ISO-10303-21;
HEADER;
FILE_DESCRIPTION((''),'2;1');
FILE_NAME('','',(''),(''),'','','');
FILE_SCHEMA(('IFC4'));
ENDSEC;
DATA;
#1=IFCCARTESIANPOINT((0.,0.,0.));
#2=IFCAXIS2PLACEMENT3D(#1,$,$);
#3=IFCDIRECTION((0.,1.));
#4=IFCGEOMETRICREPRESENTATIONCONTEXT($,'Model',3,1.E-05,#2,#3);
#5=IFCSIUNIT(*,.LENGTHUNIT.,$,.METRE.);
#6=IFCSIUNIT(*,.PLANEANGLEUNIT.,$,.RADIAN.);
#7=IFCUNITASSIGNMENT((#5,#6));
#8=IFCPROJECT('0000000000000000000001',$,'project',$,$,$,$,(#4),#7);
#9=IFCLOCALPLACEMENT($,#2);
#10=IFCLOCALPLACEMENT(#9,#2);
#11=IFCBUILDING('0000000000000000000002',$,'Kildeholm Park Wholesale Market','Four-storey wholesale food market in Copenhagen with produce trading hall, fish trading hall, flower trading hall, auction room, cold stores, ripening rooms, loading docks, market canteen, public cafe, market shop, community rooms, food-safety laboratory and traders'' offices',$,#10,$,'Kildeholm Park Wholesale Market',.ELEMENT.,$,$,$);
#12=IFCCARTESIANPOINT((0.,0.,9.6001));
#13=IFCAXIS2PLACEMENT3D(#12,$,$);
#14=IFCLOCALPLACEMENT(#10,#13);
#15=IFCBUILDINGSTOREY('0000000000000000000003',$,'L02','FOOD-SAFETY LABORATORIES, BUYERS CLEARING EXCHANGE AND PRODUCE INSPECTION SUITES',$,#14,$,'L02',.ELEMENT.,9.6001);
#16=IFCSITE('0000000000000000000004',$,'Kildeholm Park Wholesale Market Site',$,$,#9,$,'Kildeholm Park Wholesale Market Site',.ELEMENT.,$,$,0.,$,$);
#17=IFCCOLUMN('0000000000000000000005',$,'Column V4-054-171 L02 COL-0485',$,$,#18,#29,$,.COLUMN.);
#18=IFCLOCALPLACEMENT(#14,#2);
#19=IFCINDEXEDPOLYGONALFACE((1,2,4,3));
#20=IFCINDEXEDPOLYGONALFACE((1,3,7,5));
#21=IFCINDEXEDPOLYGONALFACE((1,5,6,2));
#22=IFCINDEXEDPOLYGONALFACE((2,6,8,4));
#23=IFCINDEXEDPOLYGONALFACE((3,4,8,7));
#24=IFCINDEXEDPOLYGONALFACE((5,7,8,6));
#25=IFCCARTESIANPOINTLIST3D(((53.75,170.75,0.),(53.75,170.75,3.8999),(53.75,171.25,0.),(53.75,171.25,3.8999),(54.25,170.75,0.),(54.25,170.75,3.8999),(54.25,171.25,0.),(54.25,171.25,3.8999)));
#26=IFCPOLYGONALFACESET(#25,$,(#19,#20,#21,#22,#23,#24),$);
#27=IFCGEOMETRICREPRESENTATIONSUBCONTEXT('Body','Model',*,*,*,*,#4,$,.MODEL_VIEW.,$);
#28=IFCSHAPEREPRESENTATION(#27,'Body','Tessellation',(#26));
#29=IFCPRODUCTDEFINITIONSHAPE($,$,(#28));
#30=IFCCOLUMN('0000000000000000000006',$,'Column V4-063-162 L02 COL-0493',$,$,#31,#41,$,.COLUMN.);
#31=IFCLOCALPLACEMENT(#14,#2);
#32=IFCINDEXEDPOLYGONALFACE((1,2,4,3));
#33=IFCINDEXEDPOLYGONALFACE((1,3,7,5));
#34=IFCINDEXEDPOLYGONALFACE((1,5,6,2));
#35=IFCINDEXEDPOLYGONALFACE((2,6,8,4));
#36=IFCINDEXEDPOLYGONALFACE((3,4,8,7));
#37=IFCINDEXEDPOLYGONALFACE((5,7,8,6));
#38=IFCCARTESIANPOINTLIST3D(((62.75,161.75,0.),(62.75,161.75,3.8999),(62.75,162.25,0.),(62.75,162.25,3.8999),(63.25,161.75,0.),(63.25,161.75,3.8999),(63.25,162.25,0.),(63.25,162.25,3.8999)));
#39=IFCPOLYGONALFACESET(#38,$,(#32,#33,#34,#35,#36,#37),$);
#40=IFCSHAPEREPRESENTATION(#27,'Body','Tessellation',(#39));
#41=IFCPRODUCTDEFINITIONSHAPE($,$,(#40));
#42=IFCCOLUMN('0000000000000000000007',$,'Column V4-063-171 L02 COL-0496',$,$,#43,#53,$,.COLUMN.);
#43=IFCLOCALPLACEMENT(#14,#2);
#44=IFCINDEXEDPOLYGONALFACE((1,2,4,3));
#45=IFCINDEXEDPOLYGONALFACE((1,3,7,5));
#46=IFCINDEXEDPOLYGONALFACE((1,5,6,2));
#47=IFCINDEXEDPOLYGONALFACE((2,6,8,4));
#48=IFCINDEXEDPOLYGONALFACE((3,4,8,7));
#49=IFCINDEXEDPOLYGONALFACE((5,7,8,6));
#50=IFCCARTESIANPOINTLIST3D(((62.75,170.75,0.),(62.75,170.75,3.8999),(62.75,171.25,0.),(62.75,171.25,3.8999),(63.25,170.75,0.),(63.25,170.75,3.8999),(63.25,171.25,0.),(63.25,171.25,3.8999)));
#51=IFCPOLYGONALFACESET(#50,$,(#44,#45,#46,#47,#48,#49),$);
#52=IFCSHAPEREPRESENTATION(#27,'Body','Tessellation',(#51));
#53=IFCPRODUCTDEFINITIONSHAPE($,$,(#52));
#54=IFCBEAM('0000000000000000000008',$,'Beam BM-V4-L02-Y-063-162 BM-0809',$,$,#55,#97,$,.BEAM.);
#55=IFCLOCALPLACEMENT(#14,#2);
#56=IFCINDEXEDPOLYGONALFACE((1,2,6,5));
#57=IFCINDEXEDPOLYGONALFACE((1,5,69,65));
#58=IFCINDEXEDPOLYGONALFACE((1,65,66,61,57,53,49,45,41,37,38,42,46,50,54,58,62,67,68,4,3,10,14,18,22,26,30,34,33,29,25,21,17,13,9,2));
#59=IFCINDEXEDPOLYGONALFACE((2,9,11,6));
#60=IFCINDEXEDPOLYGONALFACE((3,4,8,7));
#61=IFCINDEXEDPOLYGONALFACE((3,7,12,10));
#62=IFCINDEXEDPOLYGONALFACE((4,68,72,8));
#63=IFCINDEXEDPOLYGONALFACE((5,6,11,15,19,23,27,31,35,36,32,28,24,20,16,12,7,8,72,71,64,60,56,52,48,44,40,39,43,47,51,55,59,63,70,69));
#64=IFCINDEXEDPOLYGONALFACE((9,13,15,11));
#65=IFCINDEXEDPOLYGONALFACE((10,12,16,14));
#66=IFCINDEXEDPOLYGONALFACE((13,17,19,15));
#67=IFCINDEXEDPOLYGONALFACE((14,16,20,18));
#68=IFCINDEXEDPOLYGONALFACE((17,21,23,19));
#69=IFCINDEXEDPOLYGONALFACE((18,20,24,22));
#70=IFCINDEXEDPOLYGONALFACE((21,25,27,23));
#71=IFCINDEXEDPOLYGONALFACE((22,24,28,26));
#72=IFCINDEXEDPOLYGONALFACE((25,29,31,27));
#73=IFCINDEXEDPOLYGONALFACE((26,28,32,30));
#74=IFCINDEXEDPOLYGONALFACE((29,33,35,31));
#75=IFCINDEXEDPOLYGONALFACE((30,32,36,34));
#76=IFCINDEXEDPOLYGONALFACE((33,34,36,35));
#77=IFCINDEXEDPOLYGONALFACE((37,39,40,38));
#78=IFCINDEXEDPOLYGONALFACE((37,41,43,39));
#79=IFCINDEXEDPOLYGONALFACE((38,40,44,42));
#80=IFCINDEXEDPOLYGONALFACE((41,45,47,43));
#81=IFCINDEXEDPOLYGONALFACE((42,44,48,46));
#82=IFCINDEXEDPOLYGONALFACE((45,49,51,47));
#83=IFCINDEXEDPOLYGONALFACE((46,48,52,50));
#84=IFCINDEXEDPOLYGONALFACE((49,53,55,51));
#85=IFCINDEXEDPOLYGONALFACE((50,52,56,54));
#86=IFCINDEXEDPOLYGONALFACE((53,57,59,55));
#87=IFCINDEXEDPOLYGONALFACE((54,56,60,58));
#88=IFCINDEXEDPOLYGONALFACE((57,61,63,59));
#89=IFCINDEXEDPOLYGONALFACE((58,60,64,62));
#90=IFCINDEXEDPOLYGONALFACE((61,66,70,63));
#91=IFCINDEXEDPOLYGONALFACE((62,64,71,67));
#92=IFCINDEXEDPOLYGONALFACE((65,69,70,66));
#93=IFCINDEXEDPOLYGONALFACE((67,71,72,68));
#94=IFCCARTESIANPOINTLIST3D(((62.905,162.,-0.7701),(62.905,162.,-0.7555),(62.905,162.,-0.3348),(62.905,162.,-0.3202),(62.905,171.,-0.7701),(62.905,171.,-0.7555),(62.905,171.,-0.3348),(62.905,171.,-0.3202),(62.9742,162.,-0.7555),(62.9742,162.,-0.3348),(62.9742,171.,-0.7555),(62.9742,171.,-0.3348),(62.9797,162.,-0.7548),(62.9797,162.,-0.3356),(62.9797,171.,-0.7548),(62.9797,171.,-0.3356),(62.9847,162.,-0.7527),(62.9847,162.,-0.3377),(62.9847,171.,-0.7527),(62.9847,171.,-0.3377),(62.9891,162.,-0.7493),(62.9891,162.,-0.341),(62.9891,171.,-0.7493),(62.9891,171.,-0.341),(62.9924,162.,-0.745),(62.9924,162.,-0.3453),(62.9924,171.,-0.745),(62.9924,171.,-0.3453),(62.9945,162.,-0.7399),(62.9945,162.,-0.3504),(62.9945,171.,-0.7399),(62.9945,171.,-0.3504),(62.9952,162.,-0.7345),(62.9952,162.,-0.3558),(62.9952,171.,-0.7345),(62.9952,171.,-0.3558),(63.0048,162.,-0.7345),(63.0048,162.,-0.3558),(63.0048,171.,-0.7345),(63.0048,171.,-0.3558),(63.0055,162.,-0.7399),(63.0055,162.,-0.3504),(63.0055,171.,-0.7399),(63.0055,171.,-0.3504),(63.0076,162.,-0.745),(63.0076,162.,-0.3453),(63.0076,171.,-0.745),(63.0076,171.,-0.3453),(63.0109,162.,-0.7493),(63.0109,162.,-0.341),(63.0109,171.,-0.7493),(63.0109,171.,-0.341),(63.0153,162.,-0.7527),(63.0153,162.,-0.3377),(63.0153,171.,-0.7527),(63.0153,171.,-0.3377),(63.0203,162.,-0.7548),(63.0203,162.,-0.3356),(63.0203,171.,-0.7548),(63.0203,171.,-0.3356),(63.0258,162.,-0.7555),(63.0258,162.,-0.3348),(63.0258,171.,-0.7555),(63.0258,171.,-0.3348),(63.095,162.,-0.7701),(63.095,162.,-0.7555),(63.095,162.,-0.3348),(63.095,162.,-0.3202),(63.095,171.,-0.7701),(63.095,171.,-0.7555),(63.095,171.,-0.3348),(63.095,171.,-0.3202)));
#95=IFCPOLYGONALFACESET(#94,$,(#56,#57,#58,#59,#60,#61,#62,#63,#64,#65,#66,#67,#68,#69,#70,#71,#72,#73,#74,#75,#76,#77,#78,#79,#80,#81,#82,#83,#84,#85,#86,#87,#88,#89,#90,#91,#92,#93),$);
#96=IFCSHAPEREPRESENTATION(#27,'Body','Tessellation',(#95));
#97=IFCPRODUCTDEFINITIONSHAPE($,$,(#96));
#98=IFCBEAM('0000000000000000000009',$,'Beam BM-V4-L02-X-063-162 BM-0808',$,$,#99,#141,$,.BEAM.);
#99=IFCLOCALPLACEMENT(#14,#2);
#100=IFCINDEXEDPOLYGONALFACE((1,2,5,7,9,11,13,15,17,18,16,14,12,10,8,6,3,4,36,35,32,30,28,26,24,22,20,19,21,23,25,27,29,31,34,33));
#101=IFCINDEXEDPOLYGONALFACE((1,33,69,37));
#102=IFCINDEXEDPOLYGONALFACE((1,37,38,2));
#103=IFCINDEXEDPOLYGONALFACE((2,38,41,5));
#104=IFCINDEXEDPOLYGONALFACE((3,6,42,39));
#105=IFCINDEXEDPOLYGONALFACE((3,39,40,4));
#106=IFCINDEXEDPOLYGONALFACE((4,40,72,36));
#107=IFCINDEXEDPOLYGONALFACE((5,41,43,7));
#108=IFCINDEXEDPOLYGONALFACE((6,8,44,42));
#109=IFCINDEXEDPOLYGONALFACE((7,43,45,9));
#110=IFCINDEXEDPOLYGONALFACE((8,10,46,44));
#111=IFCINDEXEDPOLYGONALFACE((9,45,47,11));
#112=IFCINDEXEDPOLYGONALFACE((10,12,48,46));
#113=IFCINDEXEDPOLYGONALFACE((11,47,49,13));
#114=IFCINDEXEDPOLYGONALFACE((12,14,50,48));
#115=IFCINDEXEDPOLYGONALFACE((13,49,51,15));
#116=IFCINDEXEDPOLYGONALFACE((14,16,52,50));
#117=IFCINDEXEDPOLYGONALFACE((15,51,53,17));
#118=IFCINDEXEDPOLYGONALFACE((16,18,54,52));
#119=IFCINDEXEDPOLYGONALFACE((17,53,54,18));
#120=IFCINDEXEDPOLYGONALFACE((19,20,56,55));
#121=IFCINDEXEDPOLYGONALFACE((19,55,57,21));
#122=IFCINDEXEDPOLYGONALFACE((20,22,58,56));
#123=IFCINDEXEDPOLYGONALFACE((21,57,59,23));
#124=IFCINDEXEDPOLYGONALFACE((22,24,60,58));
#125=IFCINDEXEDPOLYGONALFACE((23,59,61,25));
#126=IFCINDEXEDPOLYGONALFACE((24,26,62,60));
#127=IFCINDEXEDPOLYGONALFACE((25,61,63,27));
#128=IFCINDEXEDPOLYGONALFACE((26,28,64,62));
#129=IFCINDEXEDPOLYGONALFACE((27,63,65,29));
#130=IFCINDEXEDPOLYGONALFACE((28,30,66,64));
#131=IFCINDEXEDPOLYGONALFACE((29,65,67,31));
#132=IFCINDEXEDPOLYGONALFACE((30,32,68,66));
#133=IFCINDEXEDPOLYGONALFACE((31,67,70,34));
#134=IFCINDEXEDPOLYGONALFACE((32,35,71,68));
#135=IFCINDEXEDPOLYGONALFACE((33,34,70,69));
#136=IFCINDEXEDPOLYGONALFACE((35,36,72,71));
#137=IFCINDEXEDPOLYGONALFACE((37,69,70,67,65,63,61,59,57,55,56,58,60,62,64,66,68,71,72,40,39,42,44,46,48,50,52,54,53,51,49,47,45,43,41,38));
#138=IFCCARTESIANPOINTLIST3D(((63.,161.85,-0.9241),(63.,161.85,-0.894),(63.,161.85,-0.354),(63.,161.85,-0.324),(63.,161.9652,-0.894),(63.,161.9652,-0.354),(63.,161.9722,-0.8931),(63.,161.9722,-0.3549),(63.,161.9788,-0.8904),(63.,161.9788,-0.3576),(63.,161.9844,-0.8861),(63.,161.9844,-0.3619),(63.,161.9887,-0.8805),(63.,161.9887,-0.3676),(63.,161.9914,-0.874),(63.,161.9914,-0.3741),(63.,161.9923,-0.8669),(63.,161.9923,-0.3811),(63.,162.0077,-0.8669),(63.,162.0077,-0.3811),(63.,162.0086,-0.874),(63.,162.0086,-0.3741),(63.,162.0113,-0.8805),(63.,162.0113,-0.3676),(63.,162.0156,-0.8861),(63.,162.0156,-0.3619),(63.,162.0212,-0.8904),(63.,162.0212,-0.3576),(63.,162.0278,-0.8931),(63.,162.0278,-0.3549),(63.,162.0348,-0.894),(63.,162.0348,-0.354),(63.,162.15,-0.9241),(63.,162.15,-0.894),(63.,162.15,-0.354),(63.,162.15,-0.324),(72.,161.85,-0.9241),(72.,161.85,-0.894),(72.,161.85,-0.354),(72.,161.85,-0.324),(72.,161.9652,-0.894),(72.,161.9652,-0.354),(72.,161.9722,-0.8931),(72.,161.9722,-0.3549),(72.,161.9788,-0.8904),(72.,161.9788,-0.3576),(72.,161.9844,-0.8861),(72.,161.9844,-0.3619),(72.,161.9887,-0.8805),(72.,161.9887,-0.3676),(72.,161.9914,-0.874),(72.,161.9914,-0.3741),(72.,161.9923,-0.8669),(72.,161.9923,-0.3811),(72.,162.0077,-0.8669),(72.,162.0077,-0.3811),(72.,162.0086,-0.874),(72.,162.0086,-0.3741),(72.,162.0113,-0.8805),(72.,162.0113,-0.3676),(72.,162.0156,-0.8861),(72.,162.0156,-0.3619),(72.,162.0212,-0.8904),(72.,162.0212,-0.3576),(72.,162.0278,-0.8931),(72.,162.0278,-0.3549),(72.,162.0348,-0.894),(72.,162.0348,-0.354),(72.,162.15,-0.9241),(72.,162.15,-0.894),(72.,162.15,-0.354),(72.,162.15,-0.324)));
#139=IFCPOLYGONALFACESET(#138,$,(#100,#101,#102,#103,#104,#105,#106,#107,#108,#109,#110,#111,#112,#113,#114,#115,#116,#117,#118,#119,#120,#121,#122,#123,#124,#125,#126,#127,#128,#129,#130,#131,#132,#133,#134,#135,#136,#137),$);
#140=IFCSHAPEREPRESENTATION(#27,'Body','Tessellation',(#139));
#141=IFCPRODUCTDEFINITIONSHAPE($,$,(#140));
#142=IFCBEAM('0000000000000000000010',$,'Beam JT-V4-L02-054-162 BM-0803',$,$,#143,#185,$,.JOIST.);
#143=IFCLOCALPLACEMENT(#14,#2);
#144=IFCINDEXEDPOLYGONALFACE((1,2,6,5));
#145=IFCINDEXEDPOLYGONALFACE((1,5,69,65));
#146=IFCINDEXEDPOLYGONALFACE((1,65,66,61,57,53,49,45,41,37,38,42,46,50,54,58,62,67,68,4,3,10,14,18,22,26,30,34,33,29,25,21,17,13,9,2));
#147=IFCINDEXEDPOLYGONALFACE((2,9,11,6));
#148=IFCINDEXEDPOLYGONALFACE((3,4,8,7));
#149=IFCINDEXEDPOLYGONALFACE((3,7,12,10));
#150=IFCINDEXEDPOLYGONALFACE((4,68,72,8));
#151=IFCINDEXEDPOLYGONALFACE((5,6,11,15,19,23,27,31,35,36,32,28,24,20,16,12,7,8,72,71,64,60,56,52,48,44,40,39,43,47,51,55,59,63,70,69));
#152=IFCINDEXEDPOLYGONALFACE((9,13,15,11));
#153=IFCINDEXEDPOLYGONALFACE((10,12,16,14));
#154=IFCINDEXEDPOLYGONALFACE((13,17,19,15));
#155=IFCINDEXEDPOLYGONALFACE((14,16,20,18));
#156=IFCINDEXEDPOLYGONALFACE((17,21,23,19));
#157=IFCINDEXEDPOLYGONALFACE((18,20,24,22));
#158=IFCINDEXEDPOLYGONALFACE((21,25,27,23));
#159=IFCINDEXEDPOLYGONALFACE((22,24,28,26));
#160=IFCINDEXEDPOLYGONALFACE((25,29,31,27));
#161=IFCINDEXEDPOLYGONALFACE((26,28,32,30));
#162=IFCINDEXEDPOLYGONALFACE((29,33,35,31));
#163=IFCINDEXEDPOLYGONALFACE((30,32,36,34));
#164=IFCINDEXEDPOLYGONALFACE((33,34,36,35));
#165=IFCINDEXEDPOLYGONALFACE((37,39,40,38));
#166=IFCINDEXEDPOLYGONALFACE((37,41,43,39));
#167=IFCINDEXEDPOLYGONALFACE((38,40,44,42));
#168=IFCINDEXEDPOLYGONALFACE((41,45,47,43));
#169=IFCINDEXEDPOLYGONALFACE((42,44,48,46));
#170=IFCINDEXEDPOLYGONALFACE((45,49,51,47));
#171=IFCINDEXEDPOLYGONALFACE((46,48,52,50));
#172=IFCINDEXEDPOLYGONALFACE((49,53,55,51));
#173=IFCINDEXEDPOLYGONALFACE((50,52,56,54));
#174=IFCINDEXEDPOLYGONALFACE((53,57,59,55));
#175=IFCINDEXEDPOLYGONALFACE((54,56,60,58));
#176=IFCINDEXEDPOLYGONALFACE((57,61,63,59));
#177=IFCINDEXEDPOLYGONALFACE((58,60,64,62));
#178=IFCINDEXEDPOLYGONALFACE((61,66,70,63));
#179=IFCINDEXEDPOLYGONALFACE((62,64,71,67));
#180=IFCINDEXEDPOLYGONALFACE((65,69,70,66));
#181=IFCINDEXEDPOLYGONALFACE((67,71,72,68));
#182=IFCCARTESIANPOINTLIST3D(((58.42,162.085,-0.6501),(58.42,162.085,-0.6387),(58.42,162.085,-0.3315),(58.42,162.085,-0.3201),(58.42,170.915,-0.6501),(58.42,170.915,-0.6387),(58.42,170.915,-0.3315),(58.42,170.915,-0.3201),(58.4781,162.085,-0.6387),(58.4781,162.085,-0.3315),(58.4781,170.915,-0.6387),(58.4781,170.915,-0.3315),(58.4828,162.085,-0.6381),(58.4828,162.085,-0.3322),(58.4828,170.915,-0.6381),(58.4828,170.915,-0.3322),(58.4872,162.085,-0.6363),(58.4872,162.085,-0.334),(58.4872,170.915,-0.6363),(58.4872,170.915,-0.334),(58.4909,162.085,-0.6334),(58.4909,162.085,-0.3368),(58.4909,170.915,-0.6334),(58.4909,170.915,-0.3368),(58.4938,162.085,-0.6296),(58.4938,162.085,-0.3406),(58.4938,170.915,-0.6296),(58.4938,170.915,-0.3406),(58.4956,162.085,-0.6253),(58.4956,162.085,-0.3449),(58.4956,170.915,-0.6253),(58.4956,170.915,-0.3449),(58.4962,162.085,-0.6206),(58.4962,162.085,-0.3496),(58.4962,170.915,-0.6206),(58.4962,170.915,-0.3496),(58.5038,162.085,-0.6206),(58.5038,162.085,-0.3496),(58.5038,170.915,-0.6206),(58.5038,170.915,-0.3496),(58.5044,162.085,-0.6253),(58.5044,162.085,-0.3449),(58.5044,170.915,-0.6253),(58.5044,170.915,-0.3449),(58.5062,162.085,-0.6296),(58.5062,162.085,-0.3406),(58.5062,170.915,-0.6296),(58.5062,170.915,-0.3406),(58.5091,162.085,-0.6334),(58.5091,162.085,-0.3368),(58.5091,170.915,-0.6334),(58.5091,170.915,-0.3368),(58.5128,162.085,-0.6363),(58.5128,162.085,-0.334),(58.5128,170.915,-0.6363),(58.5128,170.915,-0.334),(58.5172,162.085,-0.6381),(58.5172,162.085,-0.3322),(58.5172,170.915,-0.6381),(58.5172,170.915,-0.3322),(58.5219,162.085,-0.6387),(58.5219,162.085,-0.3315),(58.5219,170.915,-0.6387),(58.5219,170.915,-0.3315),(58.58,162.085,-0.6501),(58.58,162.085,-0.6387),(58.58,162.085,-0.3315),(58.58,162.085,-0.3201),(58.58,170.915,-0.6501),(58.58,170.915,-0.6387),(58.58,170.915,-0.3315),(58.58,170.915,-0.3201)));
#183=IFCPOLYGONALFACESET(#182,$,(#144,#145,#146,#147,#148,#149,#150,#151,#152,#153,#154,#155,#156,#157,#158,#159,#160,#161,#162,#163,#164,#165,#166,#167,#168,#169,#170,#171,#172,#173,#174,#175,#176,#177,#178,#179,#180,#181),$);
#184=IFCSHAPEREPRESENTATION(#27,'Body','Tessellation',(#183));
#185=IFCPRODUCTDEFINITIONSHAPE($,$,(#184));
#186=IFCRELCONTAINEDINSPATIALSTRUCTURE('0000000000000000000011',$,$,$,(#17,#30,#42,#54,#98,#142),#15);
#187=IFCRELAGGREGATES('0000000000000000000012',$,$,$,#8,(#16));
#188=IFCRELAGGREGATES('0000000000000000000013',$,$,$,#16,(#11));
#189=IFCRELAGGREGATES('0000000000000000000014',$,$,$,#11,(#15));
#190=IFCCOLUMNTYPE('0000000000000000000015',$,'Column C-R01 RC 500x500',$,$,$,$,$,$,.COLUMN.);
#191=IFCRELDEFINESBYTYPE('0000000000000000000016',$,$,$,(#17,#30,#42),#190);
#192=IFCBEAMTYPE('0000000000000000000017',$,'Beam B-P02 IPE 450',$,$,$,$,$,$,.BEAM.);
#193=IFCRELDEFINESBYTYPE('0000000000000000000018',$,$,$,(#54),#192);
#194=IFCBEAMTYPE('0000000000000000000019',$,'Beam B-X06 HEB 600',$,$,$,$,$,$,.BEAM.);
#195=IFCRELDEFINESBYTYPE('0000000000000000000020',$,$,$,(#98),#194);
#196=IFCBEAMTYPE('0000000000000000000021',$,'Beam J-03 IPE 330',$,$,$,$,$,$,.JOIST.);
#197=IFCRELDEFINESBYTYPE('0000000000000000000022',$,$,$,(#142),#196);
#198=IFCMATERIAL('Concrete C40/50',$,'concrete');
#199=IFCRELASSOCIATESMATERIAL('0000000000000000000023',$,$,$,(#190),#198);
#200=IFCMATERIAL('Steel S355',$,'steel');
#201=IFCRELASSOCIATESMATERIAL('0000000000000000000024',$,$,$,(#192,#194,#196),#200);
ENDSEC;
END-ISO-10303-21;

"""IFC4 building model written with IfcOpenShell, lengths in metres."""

from ifc_helpers import new_model, si_unit, direction, frame, origin, origin_2d, place, context, subcontext, project, spatial, rectangle, i_section, extrude, material, material_profile, profile_set, type_object, element, save


model = new_model("IFC4")

# Units and contexts
model_context = context("Model", 3, precision=1e-05, world=origin(), true_north=direction((0.0, 1.0)))
body_context = subcontext(model_context, "Body", "Model", "MODEL_VIEW")
ifc_project = project(units=[si_unit("LENGTHUNIT", "METRE"), si_unit("PLANEANGLEUNIT", "RADIAN")], contexts=[model_context])

# Site, building, storey
site_placement = place(None, origin())
site = spatial("IfcSite", under=ifc_project, at=site_placement, Name="Kildeholm Park Wholesale Market Site", LongName="Kildeholm Park Wholesale Market Site", CompositionType="ELEMENT", RefElevation=0.0)
building_placement = place(site_placement, origin())
building = spatial("IfcBuilding", under=site, at=building_placement, Name="Kildeholm Park Wholesale Market", Description="Four-storey wholesale food market in Copenhagen with produce trading hall, fish trading hall, flower trading hall, auction room, cold stores, ripening rooms, loading docks, market canteen, public cafe, market shop, community rooms, food-safety laboratory and traders' offices", LongName="Kildeholm Park Wholesale Market", CompositionType="ELEMENT")
storey_placement = place(building_placement, frame((0.0, 0.0, 9.6001)))
storey = spatial("IfcBuildingStorey", under=building, at=storey_placement, Name="L02", Description="FOOD-SAFETY LABORATORIES, BUYERS CLEARING EXCHANGE AND PRODUCE INSPECTION SUITES", LongName="L02", CompositionType="ELEMENT", Elevation=9.6001)

# Columns
ifc_material_1 = material(Name="Concrete C40/50", Category="concrete")
ifc_material_profile_1 = material_profile(ifc_material_1, rectangle(XDim=0.5, YDim=0.5, at=origin_2d()), Name="RC 500x500")
ifc_profile_set_1 = profile_set([ifc_material_profile_1], Name="Concrete C40/50")
column_type = type_object("IfcColumnType", Name="Column C-R01 RC 500x500", PredefinedType="COLUMN", material=ifc_profile_set_1)
for number, where, z_axis, x_axis, name in (
    (1, (54.0, 171.0, 0.0), (0.0, 0.0, 1.0), (1.0, 0.0, 0.0), "Column V4-054-171 L02 COL-0485"),
    (2, (63.0, 162.0, 0.0), (0.0, 0.0, 1.0), (1.0, 0.0, 0.0), "Column V4-063-162 L02 COL-0493"),
    (3, (63.0, 171.0, 0.0), (0.0, 0.0, 1.0), (1.0, 0.0, 0.0), "Column V4-063-171 L02 COL-0496"),
):
    element("IfcColumn", number, at=place(storey_placement, frame(where, z_axis=z_axis, x_axis=x_axis)), inside=storey, type_object=column_type, Name=name, PredefinedType="COLUMN", context=body_context, shape_type="SweptSolid", body=[
        extrude(rectangle(XDim=0.5, YDim=0.5, at=origin_2d()), origin(), (0.0, 0.0, 1.0), 3.8999),
    ])

# Beams
ifc_material_2 = material(Name="Steel S355", Category="steel")
ifc_material_profile_2 = material_profile(ifc_material_2, i_section(OverallWidth=0.1899, OverallDepth=0.45, WebThickness=0.0095, FlangeThickness=0.0146, FilletRadius=0.021, at=origin_2d()), Name="IPE 450")
ifc_profile_set_2 = profile_set([ifc_material_profile_2], Name="Steel S355")
beam_type_1 = type_object("IfcBeamType", Name="Beam B-P02 IPE 450", PredefinedType="BEAM", material=ifc_profile_set_2)
beam_1_placement = place(storey_placement, frame((63.0, 162.0, -0.5452), z_axis=(0.0, 1.0, 0.0), x_axis=(-1.0, 0.0, 0.0)))
element("IfcBeam", 4, at=beam_1_placement, inside=storey, type_object=beam_type_1, Name="Beam BM-V4-L02-Y-063-162 BM-0809", PredefinedType="BEAM", context=body_context, shape_type="SweptSolid", body=[
    extrude(i_section(OverallWidth=0.1899, OverallDepth=0.45, WebThickness=0.0095, FlangeThickness=0.0146, FilletRadius=0.021, at=origin_2d()), origin(), (0.0, 0.0, 1.0), 9.0),
])
ifc_material_profile_3 = material_profile(ifc_material_2, i_section(OverallWidth=0.3, OverallDepth=0.6001, WebThickness=0.0154, FlangeThickness=0.03, FilletRadius=0.0271, at=origin_2d()), Name="HEB 600")
ifc_profile_set_3 = profile_set([ifc_material_profile_3], Name="Steel S355")
beam_type_2 = type_object("IfcBeamType", Name="Beam B-X06 HEB 600", PredefinedType="BEAM", material=ifc_profile_set_3)
beam_2_placement = place(storey_placement, frame((63.0, 162.0, -0.624), z_axis=(1.0, 0.0, 0.0), x_axis=(0.0, 1.0, 0.0)))
element("IfcBeam", 5, at=beam_2_placement, inside=storey, type_object=beam_type_2, Name="Beam BM-V4-L02-X-063-162 BM-0808", PredefinedType="BEAM", context=body_context, shape_type="SweptSolid", body=[
    extrude(i_section(OverallWidth=0.3, OverallDepth=0.6001, WebThickness=0.0154, FlangeThickness=0.03, FilletRadius=0.0271, at=origin_2d()), origin(), (0.0, 0.0, 1.0), 9.0),
])
ifc_material_profile_4 = material_profile(ifc_material_2, i_section(OverallWidth=0.1599, OverallDepth=0.3301, WebThickness=0.0076, FlangeThickness=0.0115, FilletRadius=0.0181, at=origin_2d()), Name="IPE 330")
ifc_profile_set_4 = profile_set([ifc_material_profile_4], Name="Steel S355")
beam_type_3 = type_object("IfcBeamType", Name="Beam J-03 IPE 330", PredefinedType="JOIST", material=ifc_profile_set_4)
beam_3_placement = place(storey_placement, frame((58.5, 162.085, -0.4851), z_axis=(0.0, 1.0, 0.0), x_axis=(-1.0, 0.0, 0.0)))
element("IfcBeam", 6, at=beam_3_placement, inside=storey, type_object=beam_type_3, Name="Beam JT-V4-L02-054-162 BM-0803", PredefinedType="JOIST", context=body_context, shape_type="SweptSolid", body=[
    extrude(i_section(OverallWidth=0.1599, OverallDepth=0.3301, WebThickness=0.0076, FlangeThickness=0.0115, FilletRadius=0.0181, at=origin_2d()), origin(), (0.0, 0.0, 1.0), 8.8301),
])

save(model, "model.ifc")
